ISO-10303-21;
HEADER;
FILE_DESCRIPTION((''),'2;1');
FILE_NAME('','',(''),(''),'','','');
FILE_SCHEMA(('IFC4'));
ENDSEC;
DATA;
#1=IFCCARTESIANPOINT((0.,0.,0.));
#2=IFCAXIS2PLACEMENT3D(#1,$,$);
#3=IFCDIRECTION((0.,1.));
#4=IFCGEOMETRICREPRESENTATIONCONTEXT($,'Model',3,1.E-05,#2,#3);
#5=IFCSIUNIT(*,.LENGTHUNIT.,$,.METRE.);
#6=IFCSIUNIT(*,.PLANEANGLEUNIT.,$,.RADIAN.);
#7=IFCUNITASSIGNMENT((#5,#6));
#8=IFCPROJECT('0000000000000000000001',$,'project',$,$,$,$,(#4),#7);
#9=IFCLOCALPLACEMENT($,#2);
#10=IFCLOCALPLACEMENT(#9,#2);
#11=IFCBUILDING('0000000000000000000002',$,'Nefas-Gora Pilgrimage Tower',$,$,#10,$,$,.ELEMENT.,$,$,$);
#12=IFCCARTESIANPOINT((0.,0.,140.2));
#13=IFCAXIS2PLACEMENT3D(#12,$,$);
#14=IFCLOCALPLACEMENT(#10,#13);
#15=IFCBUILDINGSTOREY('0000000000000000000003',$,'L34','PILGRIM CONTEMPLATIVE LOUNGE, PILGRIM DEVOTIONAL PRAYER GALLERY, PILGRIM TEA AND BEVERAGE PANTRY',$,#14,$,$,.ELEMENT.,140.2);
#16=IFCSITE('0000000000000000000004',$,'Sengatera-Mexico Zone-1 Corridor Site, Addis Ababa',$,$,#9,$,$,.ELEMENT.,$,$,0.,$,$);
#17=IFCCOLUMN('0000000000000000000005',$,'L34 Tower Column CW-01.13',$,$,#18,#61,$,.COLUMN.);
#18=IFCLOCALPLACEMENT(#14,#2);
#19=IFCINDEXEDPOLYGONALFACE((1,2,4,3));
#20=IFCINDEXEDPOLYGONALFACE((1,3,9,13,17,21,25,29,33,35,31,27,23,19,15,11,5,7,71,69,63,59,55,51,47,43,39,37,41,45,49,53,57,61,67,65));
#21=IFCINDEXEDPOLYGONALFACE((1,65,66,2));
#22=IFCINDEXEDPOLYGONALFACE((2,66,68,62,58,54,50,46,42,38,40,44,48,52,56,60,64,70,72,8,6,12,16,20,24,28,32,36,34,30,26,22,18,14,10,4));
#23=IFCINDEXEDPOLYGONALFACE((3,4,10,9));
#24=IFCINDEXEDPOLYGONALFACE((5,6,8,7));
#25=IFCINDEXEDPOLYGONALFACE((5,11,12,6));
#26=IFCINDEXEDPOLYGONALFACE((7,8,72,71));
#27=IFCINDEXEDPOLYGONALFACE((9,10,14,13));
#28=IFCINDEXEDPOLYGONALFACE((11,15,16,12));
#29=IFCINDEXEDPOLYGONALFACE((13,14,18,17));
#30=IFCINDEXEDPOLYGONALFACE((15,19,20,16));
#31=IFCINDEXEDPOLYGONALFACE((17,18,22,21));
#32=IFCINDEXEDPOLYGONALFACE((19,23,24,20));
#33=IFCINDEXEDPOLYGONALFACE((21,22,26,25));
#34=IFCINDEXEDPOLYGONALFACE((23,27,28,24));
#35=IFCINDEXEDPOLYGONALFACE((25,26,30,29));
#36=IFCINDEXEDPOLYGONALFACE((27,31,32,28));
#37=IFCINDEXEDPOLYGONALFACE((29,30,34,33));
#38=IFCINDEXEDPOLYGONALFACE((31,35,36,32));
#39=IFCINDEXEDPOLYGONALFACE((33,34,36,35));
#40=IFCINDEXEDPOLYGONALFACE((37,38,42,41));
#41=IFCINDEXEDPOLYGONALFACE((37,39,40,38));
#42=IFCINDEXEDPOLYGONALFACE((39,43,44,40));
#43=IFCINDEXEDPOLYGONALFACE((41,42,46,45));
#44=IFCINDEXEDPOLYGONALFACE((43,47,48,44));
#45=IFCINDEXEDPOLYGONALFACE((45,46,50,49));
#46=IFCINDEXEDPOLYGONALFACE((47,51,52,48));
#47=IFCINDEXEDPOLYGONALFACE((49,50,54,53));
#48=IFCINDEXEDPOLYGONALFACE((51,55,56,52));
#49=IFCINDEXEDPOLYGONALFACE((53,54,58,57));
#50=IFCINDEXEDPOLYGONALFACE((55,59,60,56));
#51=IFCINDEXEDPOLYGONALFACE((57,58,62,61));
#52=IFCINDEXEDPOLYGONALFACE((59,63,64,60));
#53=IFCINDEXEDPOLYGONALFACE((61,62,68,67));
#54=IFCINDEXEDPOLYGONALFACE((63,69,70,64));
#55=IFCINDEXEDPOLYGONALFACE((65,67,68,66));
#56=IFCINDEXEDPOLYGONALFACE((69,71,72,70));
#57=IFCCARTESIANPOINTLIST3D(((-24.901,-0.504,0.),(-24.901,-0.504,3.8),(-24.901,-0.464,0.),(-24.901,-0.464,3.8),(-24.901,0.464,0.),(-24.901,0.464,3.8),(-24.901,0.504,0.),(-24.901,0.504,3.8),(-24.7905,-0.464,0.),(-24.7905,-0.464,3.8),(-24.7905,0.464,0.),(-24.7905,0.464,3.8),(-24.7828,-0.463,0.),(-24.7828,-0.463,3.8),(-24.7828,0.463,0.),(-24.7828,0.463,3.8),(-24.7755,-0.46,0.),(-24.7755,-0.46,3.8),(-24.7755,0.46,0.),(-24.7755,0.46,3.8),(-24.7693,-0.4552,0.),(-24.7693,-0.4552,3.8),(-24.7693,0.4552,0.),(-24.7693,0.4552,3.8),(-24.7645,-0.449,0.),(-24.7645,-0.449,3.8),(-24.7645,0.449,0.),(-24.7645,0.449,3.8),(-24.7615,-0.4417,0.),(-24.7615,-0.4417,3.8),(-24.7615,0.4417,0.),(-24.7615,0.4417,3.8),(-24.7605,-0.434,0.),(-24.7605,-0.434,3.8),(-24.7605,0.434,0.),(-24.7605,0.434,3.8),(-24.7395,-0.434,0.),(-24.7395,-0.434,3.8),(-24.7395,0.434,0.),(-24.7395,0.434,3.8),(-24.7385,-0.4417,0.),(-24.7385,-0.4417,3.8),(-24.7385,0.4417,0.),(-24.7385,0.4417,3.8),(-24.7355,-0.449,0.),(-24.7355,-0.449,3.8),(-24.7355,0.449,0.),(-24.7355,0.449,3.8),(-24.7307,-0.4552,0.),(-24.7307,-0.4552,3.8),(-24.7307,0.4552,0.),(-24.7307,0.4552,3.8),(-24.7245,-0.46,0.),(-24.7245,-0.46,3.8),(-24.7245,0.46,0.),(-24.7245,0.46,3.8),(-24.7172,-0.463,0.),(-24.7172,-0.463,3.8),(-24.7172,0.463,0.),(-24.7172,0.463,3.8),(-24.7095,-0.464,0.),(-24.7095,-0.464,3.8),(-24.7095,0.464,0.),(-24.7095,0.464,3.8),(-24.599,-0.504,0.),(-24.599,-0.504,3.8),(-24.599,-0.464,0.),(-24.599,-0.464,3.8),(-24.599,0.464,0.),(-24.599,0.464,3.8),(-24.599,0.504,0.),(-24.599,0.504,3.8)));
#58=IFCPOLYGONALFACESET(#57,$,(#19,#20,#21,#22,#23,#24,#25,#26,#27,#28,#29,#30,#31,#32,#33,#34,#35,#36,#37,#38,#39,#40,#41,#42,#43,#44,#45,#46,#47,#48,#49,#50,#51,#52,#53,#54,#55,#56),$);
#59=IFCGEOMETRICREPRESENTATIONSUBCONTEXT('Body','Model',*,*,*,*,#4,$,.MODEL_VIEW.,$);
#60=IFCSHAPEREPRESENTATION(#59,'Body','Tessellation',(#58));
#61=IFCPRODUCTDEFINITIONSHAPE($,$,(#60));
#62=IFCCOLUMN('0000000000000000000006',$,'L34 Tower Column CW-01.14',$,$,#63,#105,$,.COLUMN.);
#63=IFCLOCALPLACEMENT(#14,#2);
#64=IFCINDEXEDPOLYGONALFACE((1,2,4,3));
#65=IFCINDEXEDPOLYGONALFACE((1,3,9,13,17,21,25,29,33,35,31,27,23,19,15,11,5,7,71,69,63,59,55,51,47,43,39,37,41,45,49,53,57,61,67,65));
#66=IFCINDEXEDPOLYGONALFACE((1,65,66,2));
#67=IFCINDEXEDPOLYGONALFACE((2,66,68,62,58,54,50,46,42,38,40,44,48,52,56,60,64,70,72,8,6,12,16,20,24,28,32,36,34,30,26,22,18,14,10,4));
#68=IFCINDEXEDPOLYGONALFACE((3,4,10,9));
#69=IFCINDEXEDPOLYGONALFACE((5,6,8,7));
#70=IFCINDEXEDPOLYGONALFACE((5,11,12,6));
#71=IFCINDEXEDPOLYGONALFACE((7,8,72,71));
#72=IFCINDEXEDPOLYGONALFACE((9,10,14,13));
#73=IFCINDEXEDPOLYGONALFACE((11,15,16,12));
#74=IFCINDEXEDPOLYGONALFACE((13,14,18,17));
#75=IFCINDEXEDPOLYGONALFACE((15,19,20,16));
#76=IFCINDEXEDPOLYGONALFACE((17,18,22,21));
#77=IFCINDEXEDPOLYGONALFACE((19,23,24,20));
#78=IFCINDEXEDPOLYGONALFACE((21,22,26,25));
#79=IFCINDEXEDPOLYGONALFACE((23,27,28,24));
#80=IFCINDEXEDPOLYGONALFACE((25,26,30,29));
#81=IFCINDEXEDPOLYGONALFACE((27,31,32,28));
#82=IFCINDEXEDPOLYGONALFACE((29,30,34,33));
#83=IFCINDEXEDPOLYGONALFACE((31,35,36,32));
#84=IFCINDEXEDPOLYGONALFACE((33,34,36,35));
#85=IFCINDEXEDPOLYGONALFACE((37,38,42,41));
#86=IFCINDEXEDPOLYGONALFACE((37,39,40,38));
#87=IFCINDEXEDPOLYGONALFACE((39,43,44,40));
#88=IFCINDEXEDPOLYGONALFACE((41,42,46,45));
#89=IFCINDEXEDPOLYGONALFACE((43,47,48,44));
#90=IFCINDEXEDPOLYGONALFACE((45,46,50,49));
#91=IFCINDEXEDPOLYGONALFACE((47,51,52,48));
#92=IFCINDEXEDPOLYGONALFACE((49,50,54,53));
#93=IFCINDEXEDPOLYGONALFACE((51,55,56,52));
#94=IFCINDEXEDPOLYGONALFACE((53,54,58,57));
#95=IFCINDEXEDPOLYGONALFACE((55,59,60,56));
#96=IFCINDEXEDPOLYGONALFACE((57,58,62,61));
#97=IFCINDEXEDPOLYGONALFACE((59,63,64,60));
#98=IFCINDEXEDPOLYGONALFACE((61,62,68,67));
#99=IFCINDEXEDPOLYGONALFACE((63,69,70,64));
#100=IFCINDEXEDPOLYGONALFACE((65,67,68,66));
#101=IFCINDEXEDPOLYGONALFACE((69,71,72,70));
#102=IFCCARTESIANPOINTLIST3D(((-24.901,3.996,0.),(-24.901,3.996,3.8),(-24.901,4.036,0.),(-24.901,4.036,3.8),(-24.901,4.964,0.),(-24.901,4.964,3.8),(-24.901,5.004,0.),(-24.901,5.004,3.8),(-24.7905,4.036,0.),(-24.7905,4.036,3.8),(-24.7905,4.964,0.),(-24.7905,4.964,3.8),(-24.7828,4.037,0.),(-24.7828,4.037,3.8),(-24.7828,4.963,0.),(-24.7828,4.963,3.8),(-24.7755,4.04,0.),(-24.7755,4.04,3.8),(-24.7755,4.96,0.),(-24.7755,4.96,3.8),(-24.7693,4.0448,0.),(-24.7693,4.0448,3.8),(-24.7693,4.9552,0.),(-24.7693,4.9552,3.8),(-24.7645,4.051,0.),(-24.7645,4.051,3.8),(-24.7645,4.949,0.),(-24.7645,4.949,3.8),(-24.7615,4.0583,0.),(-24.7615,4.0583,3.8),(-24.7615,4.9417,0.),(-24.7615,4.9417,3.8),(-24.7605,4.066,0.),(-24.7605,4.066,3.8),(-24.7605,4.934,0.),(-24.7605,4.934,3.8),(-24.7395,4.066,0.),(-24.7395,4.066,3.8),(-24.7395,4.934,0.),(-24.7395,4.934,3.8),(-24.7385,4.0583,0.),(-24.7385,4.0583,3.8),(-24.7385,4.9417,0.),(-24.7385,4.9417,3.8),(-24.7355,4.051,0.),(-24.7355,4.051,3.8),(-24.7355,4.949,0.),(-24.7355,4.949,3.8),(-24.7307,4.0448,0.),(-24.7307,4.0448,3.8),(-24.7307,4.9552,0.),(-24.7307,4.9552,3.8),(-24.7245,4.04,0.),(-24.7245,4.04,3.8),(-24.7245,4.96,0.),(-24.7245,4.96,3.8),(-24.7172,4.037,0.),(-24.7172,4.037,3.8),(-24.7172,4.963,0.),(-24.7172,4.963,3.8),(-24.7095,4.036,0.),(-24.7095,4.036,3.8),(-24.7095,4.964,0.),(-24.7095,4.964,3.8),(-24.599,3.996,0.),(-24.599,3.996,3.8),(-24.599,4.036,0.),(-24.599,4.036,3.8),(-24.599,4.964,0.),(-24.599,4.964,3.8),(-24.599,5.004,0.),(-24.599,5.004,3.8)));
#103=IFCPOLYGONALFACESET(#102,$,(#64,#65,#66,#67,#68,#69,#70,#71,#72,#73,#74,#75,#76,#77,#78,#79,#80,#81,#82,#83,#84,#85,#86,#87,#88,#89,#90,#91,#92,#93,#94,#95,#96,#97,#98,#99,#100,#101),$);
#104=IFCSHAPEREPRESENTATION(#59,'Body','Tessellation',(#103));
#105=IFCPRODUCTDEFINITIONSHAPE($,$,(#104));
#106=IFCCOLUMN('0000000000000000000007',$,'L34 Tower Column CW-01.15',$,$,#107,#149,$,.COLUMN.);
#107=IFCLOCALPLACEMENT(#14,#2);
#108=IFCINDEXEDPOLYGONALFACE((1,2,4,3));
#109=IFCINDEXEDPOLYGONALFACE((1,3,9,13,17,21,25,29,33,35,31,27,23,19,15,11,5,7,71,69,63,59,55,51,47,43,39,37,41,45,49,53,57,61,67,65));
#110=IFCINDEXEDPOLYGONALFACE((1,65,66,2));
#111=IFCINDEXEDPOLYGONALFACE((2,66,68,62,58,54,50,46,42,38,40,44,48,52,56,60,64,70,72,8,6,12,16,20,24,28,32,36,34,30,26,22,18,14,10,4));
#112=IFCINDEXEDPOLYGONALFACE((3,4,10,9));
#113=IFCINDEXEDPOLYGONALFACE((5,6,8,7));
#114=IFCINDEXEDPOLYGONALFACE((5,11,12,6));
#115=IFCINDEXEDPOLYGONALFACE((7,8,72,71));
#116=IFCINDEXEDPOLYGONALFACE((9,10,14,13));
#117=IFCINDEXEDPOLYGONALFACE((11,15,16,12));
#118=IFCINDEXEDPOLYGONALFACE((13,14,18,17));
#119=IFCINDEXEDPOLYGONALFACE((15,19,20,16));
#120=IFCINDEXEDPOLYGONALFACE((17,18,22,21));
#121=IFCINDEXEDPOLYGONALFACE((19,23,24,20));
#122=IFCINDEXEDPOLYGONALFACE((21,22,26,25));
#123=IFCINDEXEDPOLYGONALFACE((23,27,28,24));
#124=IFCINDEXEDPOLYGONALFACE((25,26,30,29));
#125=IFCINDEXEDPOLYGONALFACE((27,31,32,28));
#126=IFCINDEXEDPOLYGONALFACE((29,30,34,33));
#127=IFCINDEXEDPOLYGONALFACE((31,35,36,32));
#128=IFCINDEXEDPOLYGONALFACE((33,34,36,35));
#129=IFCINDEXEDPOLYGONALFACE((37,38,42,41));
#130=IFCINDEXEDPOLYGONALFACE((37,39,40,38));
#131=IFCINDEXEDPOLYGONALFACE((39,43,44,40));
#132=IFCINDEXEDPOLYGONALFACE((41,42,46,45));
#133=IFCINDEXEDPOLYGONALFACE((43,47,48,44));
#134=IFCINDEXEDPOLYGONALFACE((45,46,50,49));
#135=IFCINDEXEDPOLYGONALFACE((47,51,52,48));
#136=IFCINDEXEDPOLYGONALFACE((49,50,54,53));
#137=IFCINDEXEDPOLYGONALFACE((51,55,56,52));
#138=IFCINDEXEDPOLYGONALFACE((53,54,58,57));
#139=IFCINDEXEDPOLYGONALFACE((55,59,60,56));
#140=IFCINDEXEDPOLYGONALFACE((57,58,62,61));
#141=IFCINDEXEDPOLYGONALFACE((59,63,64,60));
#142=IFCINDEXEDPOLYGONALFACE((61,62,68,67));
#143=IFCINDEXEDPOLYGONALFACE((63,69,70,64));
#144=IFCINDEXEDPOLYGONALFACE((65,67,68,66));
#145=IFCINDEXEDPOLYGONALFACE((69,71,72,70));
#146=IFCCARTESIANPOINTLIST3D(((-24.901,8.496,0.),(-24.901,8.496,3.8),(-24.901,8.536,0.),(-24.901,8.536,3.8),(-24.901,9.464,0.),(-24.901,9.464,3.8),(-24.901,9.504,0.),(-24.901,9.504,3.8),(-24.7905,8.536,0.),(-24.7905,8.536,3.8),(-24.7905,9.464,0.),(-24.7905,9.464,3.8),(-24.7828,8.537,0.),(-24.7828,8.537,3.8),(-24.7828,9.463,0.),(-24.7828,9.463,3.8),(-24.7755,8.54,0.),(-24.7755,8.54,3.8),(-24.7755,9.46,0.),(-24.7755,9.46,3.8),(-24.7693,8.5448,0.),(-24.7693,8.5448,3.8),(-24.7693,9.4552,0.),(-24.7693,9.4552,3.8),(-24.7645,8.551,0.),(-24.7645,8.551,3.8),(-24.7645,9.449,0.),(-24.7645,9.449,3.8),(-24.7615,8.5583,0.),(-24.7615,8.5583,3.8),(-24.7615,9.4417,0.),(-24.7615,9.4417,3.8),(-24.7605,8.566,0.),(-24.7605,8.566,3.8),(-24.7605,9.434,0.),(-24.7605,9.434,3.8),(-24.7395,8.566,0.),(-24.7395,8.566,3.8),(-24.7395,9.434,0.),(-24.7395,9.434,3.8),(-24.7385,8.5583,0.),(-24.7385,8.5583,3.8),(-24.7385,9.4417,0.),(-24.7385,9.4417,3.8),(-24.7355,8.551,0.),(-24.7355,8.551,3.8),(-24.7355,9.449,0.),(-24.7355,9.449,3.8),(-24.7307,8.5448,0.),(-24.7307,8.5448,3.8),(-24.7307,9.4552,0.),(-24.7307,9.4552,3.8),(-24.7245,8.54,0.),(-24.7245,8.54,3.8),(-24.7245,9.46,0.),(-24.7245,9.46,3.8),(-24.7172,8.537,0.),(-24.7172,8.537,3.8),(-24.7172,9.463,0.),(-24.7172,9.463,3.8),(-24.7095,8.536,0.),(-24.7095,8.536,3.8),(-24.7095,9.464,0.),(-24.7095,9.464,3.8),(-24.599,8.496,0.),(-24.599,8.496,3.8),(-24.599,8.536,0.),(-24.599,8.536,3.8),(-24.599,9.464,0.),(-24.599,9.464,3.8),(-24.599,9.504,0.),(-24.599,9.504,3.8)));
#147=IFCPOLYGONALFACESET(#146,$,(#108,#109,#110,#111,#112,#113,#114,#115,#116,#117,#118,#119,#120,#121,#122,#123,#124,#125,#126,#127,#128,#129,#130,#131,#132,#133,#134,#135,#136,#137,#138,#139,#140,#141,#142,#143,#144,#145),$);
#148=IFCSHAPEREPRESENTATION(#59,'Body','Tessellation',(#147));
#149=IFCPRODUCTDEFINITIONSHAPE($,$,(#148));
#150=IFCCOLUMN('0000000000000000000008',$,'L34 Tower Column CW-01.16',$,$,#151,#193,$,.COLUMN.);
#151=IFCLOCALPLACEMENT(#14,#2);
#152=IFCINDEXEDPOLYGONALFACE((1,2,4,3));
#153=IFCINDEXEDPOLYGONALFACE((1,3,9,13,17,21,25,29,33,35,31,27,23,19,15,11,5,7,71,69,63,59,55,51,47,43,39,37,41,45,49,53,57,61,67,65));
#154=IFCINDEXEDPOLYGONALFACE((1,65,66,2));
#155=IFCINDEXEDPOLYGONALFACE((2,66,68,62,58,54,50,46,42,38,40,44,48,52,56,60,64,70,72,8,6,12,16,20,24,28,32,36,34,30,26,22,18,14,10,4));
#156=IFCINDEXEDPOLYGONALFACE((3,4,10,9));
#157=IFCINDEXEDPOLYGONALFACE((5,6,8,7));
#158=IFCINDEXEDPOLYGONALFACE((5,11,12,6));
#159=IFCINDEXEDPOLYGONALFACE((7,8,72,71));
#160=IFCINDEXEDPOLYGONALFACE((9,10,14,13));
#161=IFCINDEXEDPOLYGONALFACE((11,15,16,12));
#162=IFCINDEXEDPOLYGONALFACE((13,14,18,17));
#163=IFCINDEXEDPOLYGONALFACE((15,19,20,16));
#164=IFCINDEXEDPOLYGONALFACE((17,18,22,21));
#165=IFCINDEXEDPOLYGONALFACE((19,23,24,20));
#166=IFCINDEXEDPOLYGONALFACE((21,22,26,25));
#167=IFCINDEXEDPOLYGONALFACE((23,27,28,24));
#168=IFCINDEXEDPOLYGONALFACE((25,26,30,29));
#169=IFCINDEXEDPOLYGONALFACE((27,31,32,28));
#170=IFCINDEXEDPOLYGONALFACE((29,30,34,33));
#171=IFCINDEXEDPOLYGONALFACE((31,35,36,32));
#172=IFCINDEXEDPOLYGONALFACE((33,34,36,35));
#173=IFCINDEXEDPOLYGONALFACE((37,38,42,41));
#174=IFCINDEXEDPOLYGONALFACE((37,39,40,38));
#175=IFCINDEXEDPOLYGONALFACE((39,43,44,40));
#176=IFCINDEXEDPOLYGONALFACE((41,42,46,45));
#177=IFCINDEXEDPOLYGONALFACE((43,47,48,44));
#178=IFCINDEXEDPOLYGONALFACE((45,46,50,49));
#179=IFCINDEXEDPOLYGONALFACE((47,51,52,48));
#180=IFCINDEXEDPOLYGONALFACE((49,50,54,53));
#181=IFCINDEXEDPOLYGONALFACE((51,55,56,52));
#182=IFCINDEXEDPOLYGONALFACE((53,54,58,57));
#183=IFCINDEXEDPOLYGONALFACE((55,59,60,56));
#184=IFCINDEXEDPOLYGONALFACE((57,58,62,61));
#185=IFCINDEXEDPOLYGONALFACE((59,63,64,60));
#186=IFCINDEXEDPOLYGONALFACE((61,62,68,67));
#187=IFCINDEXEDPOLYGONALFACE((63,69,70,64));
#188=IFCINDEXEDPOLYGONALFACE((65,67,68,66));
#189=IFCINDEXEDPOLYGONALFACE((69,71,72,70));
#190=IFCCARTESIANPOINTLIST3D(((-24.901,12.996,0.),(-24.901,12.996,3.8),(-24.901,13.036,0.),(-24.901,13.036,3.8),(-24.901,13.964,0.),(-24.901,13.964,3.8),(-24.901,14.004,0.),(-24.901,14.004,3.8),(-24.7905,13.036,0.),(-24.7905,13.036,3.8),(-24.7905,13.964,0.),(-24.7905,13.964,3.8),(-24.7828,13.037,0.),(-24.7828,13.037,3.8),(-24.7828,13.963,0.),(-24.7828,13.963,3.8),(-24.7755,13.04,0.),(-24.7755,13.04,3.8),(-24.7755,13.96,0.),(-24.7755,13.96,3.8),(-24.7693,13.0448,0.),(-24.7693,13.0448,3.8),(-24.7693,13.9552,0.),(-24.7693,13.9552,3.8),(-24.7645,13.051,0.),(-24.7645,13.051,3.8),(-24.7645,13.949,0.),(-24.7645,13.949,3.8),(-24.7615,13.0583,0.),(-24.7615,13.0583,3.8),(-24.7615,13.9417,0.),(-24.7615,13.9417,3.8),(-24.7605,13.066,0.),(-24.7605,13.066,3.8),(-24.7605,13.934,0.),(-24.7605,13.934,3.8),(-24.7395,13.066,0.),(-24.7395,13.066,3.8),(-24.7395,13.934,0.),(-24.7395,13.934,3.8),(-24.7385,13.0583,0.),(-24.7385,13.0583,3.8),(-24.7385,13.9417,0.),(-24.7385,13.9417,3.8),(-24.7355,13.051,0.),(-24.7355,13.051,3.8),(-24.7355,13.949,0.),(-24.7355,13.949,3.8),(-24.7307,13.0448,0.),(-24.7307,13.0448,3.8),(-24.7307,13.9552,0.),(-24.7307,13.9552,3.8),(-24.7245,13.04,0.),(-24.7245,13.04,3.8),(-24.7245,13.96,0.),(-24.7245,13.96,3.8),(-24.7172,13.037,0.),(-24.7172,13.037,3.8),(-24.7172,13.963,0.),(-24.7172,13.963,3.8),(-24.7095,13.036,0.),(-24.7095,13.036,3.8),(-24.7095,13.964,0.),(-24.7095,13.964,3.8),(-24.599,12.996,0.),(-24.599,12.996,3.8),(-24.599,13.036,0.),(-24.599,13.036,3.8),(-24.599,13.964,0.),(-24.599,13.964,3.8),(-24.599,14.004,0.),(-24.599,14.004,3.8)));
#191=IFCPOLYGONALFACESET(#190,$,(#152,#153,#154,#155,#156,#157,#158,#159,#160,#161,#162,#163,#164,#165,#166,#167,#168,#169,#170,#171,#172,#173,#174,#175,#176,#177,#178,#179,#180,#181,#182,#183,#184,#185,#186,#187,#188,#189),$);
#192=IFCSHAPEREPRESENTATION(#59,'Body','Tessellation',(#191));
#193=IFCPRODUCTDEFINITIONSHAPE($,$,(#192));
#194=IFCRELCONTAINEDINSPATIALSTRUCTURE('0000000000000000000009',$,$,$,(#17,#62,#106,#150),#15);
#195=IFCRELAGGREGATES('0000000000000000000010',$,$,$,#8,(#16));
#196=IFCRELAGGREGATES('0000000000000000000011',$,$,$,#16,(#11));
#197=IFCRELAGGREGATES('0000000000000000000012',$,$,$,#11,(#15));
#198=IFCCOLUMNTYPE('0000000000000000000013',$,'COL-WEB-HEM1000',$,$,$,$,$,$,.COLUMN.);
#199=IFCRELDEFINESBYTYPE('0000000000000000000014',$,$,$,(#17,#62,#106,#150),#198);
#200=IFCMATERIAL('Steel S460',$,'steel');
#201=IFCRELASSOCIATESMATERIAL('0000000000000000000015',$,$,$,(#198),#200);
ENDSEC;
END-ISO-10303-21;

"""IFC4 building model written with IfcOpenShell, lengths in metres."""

from ifc_helpers import new_model, si_unit, direction, frame, origin, origin_2d, place, context, subcontext, project, spatial, i_section, extrude, source, transform, mapped, material, material_profile, profile_set, type_object, element, save


model = new_model("IFC4")

# Units and contexts
model_context = context("Model", 3, precision=1e-05, world=origin(), true_north=direction((0.0, 1.0)))
body_context = subcontext(model_context, "Body", "Model", "MODEL_VIEW")
ifc_project = project(units=[si_unit("LENGTHUNIT", "METRE"), si_unit("PLANEANGLEUNIT", "RADIAN")], contexts=[model_context])

# Site, building, storey
site_placement = place(None, origin())
site = spatial("IfcSite", under=ifc_project, at=site_placement, Name="Sengatera-Mexico Zone-1 Corridor Site, Addis Ababa", CompositionType="ELEMENT", RefElevation=0.0)
building_placement = place(site_placement, origin())
building = spatial("IfcBuilding", under=site, at=building_placement, Name="Nefas-Gora Pilgrimage Tower", CompositionType="ELEMENT")
storey_placement = place(building_placement, frame((0.0, 0.0, 140.2)))
storey = spatial("IfcBuildingStorey", under=building, at=storey_placement, Name="L34", Description="PILGRIM CONTEMPLATIVE LOUNGE, PILGRIM DEVOTIONAL PRAYER GALLERY, PILGRIM TEA AND BEVERAGE PANTRY", CompositionType="ELEMENT", Elevation=140.2)

# Columns
ifc_material_1 = material(Name="Steel S460", Category="steel")
ifc_material_profile_1 = material_profile(ifc_material_1, i_section(OverallWidth=0.302, OverallDepth=1.0081, WebThickness=0.021, FlangeThickness=0.04, FilletRadius=0.03, at=origin_2d()), Name="HEM 1000")
ifc_profile_set_1 = profile_set([ifc_material_profile_1], Name="Steel S460")
column_type_1 = type_object("IfcColumnType", Name="COL-WEB-HEM1000", PredefinedType="COLUMN", material=ifc_profile_set_1)
shared_shape_1 = source(origin(), body_context, "Body", "SweptSolid", [
    extrude(i_section(OverallWidth=0.302, OverallDepth=1.0081, WebThickness=0.021, FlangeThickness=0.04, FilletRadius=0.03, at=origin_2d()), origin(), (0.0, 0.0, 1.0), 3.8),
])
for number, where, z_axis, x_axis, name in (
    (1, (-24.75, 0.0, 0.0), (0.0, 0.0, 1.0), (1.0, 0.0, 0.0), "L34 Tower Column CW-01.13"),
    (2, (-24.75, 4.5, 0.0), (0.0, 0.0, 1.0), (1.0, 0.0, 0.0), "L34 Tower Column CW-01.14"),
    (3, (-24.75, 9.0, 0.0), (0.0, 0.0, 1.0), (1.0, 0.0, 0.0), "L34 Tower Column CW-01.15"),
    (4, (-24.75, 13.5, 0.0), (0.0, 0.0, 1.0), (1.0, 0.0, 0.0), "L34 Tower Column CW-01.16"),
):
    element("IfcColumn", number, at=place(storey_placement, frame(where, z_axis=z_axis, x_axis=x_axis)), inside=storey, type_object=column_type_1, Name=name, PredefinedType="COLUMN", context=body_context, shape_type="MappedRepresentation", body=[
        mapped(shared_shape_1, transform((0.0, 0.0, 0.0), x_axis=(1.0, 0.0, 0.0), y_axis=(0.0, 1.0, 0.0), z_axis=(0.0, 0.0, 1.0), scale=1.0)),
    ])

save(model, "model.ifc")
